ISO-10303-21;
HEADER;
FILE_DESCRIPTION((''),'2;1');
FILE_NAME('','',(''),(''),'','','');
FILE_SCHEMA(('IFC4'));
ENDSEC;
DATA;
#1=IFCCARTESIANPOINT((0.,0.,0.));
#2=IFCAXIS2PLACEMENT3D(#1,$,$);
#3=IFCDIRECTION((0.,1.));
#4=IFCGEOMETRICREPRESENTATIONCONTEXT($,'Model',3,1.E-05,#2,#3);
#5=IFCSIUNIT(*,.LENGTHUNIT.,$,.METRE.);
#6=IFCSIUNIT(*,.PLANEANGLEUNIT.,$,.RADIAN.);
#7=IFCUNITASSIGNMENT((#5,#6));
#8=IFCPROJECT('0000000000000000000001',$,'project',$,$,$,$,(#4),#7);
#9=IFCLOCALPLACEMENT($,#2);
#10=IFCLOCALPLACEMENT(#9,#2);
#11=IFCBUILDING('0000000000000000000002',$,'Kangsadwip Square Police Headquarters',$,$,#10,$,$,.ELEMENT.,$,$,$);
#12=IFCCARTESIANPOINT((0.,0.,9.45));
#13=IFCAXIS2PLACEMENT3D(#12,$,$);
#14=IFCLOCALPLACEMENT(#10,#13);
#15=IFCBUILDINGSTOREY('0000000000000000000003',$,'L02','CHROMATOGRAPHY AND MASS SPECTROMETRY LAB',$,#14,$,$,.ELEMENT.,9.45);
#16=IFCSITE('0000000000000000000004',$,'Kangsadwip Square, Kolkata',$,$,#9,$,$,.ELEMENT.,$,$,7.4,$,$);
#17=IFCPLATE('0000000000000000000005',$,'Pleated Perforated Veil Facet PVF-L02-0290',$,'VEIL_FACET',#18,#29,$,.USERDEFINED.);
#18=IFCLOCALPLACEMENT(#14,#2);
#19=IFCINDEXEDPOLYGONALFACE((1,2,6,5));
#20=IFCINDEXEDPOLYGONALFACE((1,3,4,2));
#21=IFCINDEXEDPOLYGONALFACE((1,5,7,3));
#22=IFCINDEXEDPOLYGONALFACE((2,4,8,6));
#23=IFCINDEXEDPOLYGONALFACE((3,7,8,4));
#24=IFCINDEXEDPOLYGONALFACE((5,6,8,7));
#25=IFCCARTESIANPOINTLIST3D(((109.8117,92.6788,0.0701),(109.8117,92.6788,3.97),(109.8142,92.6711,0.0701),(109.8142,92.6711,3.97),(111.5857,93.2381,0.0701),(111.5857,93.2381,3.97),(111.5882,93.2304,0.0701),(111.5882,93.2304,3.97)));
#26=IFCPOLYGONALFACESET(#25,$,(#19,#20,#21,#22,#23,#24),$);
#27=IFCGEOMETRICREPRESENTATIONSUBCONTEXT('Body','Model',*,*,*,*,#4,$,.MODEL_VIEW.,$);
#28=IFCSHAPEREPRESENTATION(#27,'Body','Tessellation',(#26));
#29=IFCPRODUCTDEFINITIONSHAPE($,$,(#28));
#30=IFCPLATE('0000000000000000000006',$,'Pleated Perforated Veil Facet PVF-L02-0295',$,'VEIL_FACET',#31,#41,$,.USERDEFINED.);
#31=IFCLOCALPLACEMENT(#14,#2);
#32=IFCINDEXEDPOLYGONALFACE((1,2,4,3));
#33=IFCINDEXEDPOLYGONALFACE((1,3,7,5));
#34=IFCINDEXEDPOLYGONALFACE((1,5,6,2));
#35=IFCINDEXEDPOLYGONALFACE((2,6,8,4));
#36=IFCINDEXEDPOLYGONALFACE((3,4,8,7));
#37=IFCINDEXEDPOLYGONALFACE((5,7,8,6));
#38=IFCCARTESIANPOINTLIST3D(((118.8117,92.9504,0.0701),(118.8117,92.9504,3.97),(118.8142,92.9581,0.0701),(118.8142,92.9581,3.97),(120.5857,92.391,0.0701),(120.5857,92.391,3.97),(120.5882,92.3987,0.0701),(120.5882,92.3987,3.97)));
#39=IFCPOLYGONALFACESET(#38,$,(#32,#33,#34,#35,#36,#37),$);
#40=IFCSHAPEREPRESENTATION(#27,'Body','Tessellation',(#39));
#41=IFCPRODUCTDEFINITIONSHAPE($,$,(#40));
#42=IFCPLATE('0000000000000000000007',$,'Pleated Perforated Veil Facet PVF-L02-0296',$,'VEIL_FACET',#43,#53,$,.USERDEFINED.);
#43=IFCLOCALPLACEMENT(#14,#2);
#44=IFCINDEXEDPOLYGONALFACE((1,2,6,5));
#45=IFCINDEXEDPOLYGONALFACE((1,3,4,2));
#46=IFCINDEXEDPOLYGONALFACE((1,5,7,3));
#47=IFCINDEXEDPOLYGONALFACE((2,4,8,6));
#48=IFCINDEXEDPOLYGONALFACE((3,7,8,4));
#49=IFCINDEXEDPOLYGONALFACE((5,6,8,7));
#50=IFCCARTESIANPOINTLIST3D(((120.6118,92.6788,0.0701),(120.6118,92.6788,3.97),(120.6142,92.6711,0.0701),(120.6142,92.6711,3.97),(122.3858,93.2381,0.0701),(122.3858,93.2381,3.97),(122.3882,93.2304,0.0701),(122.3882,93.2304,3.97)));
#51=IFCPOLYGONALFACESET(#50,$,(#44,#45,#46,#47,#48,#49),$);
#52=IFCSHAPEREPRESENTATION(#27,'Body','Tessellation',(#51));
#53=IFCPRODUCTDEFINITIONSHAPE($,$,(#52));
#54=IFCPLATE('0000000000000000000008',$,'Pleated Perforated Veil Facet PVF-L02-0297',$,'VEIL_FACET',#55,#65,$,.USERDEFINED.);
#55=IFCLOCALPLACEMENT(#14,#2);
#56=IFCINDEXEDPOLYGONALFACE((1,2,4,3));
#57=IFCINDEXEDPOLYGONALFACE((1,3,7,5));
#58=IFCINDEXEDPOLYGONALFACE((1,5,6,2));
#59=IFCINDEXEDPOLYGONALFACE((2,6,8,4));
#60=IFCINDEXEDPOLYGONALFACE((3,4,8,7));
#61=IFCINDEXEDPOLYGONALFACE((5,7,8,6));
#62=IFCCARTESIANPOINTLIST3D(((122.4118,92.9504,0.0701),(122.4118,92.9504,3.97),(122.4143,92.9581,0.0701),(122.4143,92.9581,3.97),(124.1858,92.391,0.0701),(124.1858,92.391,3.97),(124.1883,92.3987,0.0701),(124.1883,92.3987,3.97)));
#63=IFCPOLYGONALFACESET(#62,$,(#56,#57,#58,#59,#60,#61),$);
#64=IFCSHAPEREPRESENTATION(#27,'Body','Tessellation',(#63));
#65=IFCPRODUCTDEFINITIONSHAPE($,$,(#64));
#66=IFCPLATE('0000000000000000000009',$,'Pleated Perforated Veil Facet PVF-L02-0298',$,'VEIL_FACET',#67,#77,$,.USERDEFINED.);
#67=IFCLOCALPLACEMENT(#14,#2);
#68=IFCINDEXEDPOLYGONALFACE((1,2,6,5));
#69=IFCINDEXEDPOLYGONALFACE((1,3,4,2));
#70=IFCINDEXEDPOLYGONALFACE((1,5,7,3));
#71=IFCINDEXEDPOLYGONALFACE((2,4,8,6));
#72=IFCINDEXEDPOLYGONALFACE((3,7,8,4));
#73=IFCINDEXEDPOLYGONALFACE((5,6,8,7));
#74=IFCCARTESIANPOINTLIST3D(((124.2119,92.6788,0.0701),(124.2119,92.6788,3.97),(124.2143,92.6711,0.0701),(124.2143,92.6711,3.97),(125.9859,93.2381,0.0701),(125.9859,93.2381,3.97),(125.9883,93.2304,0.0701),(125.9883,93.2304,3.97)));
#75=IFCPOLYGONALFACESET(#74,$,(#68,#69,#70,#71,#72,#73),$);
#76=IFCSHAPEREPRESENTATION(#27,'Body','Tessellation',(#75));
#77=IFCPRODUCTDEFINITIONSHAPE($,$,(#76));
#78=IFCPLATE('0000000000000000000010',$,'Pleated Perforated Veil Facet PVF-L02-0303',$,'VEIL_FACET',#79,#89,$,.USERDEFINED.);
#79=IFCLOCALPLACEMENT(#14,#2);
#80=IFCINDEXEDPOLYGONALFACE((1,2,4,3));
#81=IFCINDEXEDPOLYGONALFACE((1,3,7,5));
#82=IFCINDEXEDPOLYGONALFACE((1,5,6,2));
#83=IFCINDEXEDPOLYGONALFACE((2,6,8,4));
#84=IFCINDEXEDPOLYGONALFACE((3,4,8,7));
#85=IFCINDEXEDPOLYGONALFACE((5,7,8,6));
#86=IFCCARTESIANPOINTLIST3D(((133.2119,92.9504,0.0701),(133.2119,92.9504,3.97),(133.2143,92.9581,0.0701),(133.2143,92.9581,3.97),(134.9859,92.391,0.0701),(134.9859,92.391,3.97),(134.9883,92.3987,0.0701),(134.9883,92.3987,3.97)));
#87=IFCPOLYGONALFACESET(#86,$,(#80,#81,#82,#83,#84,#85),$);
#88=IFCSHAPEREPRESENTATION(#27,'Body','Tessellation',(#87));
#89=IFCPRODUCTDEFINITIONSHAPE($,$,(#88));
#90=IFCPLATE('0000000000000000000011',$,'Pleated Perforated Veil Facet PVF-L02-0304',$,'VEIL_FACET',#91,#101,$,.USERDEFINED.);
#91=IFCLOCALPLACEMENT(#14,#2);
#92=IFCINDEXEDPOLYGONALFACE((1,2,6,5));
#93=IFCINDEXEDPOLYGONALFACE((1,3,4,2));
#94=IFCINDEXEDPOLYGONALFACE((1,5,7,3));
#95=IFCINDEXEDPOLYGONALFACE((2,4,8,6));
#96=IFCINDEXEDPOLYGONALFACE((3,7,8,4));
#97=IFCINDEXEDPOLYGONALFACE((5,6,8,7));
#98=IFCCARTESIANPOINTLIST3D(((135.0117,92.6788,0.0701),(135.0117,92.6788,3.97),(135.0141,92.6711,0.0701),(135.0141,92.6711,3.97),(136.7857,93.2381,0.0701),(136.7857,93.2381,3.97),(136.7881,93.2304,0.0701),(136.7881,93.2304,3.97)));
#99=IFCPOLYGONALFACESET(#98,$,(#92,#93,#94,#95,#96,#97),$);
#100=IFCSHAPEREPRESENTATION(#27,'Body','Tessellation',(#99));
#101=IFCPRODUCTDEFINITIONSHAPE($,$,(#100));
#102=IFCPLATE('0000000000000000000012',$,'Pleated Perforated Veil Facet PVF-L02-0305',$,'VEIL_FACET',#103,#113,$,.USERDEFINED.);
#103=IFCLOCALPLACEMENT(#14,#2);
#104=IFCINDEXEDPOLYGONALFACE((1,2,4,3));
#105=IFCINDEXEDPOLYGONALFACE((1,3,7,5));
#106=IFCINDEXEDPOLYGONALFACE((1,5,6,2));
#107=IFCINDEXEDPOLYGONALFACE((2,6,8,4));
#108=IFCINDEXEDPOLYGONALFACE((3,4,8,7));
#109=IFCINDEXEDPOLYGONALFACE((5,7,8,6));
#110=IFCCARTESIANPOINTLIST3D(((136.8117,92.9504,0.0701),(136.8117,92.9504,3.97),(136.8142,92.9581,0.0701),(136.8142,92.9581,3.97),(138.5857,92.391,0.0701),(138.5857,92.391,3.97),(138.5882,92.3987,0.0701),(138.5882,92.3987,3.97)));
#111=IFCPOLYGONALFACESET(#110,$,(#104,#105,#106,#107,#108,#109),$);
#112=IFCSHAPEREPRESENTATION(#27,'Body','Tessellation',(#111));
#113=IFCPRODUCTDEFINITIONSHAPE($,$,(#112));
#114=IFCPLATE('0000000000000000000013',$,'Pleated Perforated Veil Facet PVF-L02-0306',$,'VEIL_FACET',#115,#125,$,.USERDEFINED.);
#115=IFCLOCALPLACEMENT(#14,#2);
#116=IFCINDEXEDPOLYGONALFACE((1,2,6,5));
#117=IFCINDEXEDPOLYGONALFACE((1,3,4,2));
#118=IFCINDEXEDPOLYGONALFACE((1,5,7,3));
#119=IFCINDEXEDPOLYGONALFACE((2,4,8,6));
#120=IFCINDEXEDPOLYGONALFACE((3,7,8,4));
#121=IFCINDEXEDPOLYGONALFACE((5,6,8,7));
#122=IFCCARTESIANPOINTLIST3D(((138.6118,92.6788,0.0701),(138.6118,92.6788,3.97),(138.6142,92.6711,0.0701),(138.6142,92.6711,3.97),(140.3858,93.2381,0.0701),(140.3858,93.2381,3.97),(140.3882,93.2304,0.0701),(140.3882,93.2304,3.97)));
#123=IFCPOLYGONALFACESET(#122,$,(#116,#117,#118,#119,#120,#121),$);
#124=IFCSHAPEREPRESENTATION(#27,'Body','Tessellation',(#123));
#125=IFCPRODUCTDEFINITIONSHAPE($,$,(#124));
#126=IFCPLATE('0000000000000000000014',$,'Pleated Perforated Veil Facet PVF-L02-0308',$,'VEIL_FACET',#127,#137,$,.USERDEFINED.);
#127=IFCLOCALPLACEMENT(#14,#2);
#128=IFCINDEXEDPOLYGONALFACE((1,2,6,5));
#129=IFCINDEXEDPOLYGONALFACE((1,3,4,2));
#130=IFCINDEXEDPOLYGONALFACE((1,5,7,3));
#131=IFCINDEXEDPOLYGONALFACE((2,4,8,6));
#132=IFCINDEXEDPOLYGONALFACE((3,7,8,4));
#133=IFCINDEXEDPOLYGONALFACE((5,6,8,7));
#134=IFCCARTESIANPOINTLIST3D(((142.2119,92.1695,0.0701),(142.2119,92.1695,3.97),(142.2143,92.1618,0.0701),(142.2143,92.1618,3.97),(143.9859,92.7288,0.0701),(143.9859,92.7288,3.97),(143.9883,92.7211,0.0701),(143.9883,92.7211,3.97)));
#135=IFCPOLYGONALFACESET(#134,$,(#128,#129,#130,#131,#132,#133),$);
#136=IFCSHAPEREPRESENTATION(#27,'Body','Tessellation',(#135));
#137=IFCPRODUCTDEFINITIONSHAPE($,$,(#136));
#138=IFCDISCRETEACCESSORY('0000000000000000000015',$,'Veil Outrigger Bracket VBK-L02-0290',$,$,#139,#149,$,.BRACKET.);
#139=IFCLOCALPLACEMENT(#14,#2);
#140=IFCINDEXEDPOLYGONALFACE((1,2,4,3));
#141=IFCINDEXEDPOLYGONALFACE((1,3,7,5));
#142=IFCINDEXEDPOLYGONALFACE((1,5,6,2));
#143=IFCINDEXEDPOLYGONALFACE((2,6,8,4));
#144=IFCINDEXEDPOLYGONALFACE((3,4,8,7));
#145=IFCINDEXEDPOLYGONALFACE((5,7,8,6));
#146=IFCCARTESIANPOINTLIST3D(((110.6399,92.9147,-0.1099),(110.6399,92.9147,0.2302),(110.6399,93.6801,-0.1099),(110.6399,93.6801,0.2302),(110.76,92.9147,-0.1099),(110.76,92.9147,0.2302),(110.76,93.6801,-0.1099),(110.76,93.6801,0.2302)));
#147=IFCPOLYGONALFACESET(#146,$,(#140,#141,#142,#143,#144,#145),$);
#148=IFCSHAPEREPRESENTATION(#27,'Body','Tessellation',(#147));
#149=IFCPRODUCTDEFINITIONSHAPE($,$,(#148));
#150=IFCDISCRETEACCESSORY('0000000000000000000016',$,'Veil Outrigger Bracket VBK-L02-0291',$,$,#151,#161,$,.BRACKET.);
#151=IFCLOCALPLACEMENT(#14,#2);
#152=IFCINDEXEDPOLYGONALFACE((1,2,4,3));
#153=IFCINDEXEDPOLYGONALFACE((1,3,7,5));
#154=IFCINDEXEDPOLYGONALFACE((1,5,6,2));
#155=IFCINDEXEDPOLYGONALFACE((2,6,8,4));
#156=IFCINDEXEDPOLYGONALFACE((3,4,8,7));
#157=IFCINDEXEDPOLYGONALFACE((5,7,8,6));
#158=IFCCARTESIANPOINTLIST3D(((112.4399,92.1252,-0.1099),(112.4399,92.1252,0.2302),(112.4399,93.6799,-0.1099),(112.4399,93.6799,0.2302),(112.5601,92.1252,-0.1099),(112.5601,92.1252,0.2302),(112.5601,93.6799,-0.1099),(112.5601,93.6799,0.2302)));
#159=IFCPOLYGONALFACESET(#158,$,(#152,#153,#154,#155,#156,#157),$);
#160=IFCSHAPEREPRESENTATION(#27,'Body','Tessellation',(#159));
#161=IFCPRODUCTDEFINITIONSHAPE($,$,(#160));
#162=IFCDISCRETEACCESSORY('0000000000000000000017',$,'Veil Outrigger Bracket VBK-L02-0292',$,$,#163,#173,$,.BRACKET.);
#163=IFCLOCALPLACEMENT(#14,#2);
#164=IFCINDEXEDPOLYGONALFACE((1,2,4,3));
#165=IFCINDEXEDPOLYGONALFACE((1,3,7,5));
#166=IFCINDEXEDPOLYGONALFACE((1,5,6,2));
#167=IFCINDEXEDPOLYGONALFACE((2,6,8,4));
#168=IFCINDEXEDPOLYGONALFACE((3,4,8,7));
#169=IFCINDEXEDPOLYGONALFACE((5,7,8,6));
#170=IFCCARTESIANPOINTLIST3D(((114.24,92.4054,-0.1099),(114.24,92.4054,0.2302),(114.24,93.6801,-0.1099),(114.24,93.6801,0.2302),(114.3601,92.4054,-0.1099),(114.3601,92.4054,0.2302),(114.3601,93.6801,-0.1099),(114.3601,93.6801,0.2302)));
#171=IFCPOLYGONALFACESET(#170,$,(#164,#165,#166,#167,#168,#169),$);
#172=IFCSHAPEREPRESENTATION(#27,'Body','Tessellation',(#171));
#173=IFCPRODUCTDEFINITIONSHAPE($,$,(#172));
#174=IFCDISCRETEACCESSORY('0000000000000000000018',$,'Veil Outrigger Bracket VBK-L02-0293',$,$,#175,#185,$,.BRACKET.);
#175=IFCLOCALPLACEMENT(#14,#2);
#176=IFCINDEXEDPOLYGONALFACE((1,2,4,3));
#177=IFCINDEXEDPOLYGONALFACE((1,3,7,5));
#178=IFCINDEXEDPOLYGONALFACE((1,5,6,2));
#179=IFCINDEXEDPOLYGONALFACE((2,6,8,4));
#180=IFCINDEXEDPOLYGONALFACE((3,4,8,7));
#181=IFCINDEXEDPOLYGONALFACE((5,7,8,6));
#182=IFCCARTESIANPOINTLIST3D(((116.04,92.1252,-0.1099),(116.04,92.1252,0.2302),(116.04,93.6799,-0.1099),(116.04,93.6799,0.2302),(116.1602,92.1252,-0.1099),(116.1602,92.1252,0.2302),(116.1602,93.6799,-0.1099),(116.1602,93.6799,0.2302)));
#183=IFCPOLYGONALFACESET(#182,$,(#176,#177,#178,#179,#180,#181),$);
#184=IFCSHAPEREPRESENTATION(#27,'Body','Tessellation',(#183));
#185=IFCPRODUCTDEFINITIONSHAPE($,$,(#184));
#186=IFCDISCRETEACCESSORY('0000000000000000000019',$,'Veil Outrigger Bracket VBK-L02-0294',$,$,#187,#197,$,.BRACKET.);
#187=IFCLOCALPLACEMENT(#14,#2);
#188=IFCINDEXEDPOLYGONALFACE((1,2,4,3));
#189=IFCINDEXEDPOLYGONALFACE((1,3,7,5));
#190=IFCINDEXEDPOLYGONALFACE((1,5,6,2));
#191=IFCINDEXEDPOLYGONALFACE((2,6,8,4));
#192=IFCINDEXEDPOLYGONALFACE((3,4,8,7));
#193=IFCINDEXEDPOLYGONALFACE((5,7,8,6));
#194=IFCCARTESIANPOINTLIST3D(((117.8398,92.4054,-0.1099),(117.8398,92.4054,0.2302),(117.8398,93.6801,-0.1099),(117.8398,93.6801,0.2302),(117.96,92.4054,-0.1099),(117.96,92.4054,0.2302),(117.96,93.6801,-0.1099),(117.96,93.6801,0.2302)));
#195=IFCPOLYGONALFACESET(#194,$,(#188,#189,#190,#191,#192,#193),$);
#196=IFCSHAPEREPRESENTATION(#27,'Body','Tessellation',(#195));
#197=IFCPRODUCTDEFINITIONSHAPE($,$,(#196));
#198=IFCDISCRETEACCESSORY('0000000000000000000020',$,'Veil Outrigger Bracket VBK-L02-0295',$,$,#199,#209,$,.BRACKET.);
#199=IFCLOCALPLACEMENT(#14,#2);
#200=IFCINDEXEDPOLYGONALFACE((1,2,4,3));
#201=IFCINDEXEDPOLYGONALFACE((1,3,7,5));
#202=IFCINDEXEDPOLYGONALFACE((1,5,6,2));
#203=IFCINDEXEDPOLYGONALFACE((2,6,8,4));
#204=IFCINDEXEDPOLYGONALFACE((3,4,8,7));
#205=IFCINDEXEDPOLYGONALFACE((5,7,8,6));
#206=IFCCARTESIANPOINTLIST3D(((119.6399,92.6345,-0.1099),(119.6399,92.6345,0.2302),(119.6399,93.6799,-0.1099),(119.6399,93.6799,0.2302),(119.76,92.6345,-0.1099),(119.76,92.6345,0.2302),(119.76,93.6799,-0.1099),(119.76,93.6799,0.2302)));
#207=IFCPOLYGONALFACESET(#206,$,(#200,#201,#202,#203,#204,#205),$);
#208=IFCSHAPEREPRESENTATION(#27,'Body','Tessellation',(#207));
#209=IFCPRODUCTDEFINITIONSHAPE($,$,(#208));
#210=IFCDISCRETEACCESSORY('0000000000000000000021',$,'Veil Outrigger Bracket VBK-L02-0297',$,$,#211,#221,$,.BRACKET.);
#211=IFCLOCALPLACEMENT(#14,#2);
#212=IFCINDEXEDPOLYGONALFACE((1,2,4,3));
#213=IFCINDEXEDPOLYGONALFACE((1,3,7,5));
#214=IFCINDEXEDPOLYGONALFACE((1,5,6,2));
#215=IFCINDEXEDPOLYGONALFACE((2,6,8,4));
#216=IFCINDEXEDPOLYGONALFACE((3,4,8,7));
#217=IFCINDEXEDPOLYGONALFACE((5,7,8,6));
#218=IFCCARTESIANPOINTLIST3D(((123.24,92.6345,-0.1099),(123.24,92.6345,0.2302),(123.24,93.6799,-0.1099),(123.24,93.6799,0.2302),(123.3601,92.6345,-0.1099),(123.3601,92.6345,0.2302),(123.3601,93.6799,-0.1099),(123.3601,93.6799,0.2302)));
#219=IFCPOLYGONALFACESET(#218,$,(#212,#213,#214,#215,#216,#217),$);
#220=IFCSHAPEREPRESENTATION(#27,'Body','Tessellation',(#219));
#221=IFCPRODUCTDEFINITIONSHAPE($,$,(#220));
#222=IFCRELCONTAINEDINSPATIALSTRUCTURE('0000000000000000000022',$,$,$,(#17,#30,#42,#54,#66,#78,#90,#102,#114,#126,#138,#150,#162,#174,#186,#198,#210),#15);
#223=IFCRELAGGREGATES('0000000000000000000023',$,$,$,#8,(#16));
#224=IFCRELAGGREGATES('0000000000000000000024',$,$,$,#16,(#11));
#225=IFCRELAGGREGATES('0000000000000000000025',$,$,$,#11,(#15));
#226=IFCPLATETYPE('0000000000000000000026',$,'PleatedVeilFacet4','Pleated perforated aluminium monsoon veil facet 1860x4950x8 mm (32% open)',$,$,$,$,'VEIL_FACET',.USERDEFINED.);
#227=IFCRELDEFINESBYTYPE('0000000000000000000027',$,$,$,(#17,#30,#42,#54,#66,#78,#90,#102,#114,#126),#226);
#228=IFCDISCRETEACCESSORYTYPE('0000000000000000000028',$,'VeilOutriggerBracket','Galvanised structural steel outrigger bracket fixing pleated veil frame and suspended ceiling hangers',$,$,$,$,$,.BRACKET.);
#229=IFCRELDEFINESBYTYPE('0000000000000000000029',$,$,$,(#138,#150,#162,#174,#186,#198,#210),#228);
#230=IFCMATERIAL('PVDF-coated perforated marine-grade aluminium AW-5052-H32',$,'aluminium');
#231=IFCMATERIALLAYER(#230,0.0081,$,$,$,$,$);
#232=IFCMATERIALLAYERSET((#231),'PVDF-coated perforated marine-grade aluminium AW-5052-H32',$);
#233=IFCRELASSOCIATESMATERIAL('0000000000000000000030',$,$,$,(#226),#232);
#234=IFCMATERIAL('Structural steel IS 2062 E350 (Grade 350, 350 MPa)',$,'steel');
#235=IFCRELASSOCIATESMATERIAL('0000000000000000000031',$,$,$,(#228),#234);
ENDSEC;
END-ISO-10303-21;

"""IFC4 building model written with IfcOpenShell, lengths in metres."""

from ifc_helpers import new_model, si_unit, direction, frame, origin, origin_2d, place, context, subcontext, project, spatial, rectangle, extrude, material, layer, layer_set, type_object, element, save


model = new_model("IFC4")

# Units and contexts
model_context = context("Model", 3, precision=1e-05, world=origin(), true_north=direction((0.0, 1.0)))
body_context = subcontext(model_context, "Body", "Model", "MODEL_VIEW")
ifc_project = project(units=[si_unit("LENGTHUNIT", "METRE"), si_unit("PLANEANGLEUNIT", "RADIAN")], contexts=[model_context])

# Site, building, storey
site_placement = place(None, origin())
site = spatial("IfcSite", under=ifc_project, at=site_placement, Name="Kangsadwip Square, Kolkata", CompositionType="ELEMENT", RefElevation=7.4)
building_placement = place(site_placement, origin())
building = spatial("IfcBuilding", under=site, at=building_placement, Name="Kangsadwip Square Police Headquarters", CompositionType="ELEMENT")
storey_placement = place(building_placement, frame((0.0, 0.0, 9.45)))
storey = spatial("IfcBuildingStorey", under=building, at=storey_placement, Name="L02", Description="CHROMATOGRAPHY AND MASS SPECTROMETRY LAB", CompositionType="ELEMENT", Elevation=9.45)

# Plates
ifc_material_1 = material(Name="PVDF-coated perforated marine-grade aluminium AW-5052-H32", Category="aluminium")
ifc_layer = layer(ifc_material_1, 0.0081)
ifc_layer_set = layer_set([ifc_layer], Name="PVDF-coated perforated marine-grade aluminium AW-5052-H32")
plate_type = type_object("IfcPlateType", Name="PleatedVeilFacet4", Description="Pleated perforated aluminium monsoon veil facet 1860x4950x8 mm (32% open)", ElementType="VEIL_FACET", PredefinedType="USERDEFINED", material=ifc_layer_set)
for number, where, z_axis, x_axis, name in (
    (1, (110.7, 92.9546, 0.0701), (0.0, 0.0, 1.0), (0.953717, 0.300706, 0.0), "Pleated Perforated Veil Facet PVF-L02-0290"),
    (2, (119.7, 92.6746, 0.0701), (0.0, 0.0, 1.0), (0.953717, -0.300706, 0.0), "Pleated Perforated Veil Facet PVF-L02-0295"),
    (3, (121.5, 92.9546, 0.0701), (0.0, 0.0, 1.0), (0.953717, 0.300706, 0.0), "Pleated Perforated Veil Facet PVF-L02-0296"),
    (4, (123.3, 92.6746, 0.0701), (0.0, 0.0, 1.0), (0.953717, -0.300706, 0.0), "Pleated Perforated Veil Facet PVF-L02-0297"),
    (5, (125.1001, 92.9546, 0.0701), (0.0, 0.0, 1.0), (0.953717, 0.300706, 0.0), "Pleated Perforated Veil Facet PVF-L02-0298"),
    (6, (134.1001, 92.6746, 0.0701), (0.0, 0.0, 1.0), (0.953717, -0.300706, 0.0), "Pleated Perforated Veil Facet PVF-L02-0303"),
    (7, (135.8999, 92.9546, 0.0701), (0.0, 0.0, 1.0), (0.953717, 0.300706, 0.0), "Pleated Perforated Veil Facet PVF-L02-0304"),
    (8, (137.7, 92.6746, 0.0701), (0.0, 0.0, 1.0), (0.953717, -0.300706, 0.0), "Pleated Perforated Veil Facet PVF-L02-0305"),
    (9, (139.5, 92.9546, 0.0701), (0.0, 0.0, 1.0), (0.953717, 0.300706, 0.0), "Pleated Perforated Veil Facet PVF-L02-0306"),
    (10, (143.1001, 92.4453, 0.0701), (0.0, 0.0, 1.0), (0.953717, 0.300706, 0.0), "Pleated Perforated Veil Facet PVF-L02-0308"),
):
    element("IfcPlate", number, at=place(storey_placement, frame(where, z_axis=z_axis, x_axis=x_axis)), inside=storey, type_object=plate_type, Name=name, ObjectType="VEIL_FACET", PredefinedType="USERDEFINED", context=body_context, shape_type="SweptSolid", body=[
        extrude(rectangle(XDim=1.8601, YDim=0.0081, at=origin_2d()), origin(), (0.0, 0.0, 1.0), 3.8999),
    ])

# Discrete accessories
ifc_material_2 = material(Name="Structural steel IS 2062 E350 (Grade 350, 350 MPa)", Category="steel")
discrete_accessory_type = type_object("IfcDiscreteAccessoryType", Name="VeilOutriggerBracket", Description="Galvanised structural steel outrigger bracket fixing pleated veil frame and suspended ceiling hangers", PredefinedType="BRACKET", material=ifc_material_2)
discrete_accessory_1_placement = place(storey_placement, frame((110.7, 93.2974, -0.1099), z_axis=(0.0, 0.0, 1.0), x_axis=(1.0, 0.0, 0.0)))
element("IfcDiscreteAccessory", 11, at=discrete_accessory_1_placement, inside=storey, type_object=discrete_accessory_type, Name="Veil Outrigger Bracket VBK-L02-0290", PredefinedType="BRACKET", context=body_context, shape_type="SweptSolid", body=[
    extrude(rectangle(XDim=0.1201, YDim=0.7654, at=origin_2d()), origin(), (0.0, 0.0, 1.0), 0.3401),
])
discrete_accessory_2_placement = place(storey_placement, frame((112.5, 92.9026, -0.1099), z_axis=(0.0, 0.0, 1.0), x_axis=(1.0, 0.0, 0.0)))
element("IfcDiscreteAccessory", 12, at=discrete_accessory_2_placement, inside=storey, type_object=discrete_accessory_type, Name="Veil Outrigger Bracket VBK-L02-0291", PredefinedType="BRACKET", context=body_context, shape_type="SweptSolid", body=[
    extrude(rectangle(XDim=0.1201, YDim=1.5547, at=origin_2d()), origin(), (0.0, 0.0, 1.0), 0.3401),
])
discrete_accessory_3_placement = place(storey_placement, frame((114.3, 93.0427, -0.1099), z_axis=(0.0, 0.0, 1.0), x_axis=(1.0, 0.0, 0.0)))
element("IfcDiscreteAccessory", 13, at=discrete_accessory_3_placement, inside=storey, type_object=discrete_accessory_type, Name="Veil Outrigger Bracket VBK-L02-0292", PredefinedType="BRACKET", context=body_context, shape_type="SweptSolid", body=[
    extrude(rectangle(XDim=0.1201, YDim=1.2747, at=origin_2d()), origin(), (0.0, 0.0, 1.0), 0.3401),
])
discrete_accessory_4_placement = place(storey_placement, frame((116.1001, 92.9026, -0.1099), z_axis=(0.0, 0.0, 1.0), x_axis=(1.0, 0.0, 0.0)))
element("IfcDiscreteAccessory", 14, at=discrete_accessory_4_placement, inside=storey, type_object=discrete_accessory_type, Name="Veil Outrigger Bracket VBK-L02-0293", PredefinedType="BRACKET", context=body_context, shape_type="SweptSolid", body=[
    extrude(rectangle(XDim=0.1201, YDim=1.5547, at=origin_2d()), origin(), (0.0, 0.0, 1.0), 0.3401),
])
discrete_accessory_5_placement = place(storey_placement, frame((117.8999, 93.0427, -0.1099), z_axis=(0.0, 0.0, 1.0), x_axis=(1.0, 0.0, 0.0)))
element("IfcDiscreteAccessory", 15, at=discrete_accessory_5_placement, inside=storey, type_object=discrete_accessory_type, Name="Veil Outrigger Bracket VBK-L02-0294", PredefinedType="BRACKET", context=body_context, shape_type="SweptSolid", body=[
    extrude(rectangle(XDim=0.1201, YDim=1.2747, at=origin_2d()), origin(), (0.0, 0.0, 1.0), 0.3401),
])
for number, where, z_axis, x_axis, name in (
    (16, (119.7, 93.1572, -0.1099), (0.0, 0.0, 1.0), (1.0, 0.0, 0.0), "Veil Outrigger Bracket VBK-L02-0295"),
    (17, (123.3, 93.1572, -0.1099), (0.0, 0.0, 1.0), (1.0, 0.0, 0.0), "Veil Outrigger Bracket VBK-L02-0297"),
):
    element("IfcDiscreteAccessory", number, at=place(storey_placement, frame(where, z_axis=z_axis, x_axis=x_axis)), inside=storey, type_object=discrete_accessory_type, Name=name, PredefinedType="BRACKET", context=body_context, shape_type="SweptSolid", body=[
        extrude(rectangle(XDim=0.1201, YDim=1.0454, at=origin_2d()), origin(), (0.0, 0.0, 1.0), 0.3401),
    ])

save(model, "model.ifc")
